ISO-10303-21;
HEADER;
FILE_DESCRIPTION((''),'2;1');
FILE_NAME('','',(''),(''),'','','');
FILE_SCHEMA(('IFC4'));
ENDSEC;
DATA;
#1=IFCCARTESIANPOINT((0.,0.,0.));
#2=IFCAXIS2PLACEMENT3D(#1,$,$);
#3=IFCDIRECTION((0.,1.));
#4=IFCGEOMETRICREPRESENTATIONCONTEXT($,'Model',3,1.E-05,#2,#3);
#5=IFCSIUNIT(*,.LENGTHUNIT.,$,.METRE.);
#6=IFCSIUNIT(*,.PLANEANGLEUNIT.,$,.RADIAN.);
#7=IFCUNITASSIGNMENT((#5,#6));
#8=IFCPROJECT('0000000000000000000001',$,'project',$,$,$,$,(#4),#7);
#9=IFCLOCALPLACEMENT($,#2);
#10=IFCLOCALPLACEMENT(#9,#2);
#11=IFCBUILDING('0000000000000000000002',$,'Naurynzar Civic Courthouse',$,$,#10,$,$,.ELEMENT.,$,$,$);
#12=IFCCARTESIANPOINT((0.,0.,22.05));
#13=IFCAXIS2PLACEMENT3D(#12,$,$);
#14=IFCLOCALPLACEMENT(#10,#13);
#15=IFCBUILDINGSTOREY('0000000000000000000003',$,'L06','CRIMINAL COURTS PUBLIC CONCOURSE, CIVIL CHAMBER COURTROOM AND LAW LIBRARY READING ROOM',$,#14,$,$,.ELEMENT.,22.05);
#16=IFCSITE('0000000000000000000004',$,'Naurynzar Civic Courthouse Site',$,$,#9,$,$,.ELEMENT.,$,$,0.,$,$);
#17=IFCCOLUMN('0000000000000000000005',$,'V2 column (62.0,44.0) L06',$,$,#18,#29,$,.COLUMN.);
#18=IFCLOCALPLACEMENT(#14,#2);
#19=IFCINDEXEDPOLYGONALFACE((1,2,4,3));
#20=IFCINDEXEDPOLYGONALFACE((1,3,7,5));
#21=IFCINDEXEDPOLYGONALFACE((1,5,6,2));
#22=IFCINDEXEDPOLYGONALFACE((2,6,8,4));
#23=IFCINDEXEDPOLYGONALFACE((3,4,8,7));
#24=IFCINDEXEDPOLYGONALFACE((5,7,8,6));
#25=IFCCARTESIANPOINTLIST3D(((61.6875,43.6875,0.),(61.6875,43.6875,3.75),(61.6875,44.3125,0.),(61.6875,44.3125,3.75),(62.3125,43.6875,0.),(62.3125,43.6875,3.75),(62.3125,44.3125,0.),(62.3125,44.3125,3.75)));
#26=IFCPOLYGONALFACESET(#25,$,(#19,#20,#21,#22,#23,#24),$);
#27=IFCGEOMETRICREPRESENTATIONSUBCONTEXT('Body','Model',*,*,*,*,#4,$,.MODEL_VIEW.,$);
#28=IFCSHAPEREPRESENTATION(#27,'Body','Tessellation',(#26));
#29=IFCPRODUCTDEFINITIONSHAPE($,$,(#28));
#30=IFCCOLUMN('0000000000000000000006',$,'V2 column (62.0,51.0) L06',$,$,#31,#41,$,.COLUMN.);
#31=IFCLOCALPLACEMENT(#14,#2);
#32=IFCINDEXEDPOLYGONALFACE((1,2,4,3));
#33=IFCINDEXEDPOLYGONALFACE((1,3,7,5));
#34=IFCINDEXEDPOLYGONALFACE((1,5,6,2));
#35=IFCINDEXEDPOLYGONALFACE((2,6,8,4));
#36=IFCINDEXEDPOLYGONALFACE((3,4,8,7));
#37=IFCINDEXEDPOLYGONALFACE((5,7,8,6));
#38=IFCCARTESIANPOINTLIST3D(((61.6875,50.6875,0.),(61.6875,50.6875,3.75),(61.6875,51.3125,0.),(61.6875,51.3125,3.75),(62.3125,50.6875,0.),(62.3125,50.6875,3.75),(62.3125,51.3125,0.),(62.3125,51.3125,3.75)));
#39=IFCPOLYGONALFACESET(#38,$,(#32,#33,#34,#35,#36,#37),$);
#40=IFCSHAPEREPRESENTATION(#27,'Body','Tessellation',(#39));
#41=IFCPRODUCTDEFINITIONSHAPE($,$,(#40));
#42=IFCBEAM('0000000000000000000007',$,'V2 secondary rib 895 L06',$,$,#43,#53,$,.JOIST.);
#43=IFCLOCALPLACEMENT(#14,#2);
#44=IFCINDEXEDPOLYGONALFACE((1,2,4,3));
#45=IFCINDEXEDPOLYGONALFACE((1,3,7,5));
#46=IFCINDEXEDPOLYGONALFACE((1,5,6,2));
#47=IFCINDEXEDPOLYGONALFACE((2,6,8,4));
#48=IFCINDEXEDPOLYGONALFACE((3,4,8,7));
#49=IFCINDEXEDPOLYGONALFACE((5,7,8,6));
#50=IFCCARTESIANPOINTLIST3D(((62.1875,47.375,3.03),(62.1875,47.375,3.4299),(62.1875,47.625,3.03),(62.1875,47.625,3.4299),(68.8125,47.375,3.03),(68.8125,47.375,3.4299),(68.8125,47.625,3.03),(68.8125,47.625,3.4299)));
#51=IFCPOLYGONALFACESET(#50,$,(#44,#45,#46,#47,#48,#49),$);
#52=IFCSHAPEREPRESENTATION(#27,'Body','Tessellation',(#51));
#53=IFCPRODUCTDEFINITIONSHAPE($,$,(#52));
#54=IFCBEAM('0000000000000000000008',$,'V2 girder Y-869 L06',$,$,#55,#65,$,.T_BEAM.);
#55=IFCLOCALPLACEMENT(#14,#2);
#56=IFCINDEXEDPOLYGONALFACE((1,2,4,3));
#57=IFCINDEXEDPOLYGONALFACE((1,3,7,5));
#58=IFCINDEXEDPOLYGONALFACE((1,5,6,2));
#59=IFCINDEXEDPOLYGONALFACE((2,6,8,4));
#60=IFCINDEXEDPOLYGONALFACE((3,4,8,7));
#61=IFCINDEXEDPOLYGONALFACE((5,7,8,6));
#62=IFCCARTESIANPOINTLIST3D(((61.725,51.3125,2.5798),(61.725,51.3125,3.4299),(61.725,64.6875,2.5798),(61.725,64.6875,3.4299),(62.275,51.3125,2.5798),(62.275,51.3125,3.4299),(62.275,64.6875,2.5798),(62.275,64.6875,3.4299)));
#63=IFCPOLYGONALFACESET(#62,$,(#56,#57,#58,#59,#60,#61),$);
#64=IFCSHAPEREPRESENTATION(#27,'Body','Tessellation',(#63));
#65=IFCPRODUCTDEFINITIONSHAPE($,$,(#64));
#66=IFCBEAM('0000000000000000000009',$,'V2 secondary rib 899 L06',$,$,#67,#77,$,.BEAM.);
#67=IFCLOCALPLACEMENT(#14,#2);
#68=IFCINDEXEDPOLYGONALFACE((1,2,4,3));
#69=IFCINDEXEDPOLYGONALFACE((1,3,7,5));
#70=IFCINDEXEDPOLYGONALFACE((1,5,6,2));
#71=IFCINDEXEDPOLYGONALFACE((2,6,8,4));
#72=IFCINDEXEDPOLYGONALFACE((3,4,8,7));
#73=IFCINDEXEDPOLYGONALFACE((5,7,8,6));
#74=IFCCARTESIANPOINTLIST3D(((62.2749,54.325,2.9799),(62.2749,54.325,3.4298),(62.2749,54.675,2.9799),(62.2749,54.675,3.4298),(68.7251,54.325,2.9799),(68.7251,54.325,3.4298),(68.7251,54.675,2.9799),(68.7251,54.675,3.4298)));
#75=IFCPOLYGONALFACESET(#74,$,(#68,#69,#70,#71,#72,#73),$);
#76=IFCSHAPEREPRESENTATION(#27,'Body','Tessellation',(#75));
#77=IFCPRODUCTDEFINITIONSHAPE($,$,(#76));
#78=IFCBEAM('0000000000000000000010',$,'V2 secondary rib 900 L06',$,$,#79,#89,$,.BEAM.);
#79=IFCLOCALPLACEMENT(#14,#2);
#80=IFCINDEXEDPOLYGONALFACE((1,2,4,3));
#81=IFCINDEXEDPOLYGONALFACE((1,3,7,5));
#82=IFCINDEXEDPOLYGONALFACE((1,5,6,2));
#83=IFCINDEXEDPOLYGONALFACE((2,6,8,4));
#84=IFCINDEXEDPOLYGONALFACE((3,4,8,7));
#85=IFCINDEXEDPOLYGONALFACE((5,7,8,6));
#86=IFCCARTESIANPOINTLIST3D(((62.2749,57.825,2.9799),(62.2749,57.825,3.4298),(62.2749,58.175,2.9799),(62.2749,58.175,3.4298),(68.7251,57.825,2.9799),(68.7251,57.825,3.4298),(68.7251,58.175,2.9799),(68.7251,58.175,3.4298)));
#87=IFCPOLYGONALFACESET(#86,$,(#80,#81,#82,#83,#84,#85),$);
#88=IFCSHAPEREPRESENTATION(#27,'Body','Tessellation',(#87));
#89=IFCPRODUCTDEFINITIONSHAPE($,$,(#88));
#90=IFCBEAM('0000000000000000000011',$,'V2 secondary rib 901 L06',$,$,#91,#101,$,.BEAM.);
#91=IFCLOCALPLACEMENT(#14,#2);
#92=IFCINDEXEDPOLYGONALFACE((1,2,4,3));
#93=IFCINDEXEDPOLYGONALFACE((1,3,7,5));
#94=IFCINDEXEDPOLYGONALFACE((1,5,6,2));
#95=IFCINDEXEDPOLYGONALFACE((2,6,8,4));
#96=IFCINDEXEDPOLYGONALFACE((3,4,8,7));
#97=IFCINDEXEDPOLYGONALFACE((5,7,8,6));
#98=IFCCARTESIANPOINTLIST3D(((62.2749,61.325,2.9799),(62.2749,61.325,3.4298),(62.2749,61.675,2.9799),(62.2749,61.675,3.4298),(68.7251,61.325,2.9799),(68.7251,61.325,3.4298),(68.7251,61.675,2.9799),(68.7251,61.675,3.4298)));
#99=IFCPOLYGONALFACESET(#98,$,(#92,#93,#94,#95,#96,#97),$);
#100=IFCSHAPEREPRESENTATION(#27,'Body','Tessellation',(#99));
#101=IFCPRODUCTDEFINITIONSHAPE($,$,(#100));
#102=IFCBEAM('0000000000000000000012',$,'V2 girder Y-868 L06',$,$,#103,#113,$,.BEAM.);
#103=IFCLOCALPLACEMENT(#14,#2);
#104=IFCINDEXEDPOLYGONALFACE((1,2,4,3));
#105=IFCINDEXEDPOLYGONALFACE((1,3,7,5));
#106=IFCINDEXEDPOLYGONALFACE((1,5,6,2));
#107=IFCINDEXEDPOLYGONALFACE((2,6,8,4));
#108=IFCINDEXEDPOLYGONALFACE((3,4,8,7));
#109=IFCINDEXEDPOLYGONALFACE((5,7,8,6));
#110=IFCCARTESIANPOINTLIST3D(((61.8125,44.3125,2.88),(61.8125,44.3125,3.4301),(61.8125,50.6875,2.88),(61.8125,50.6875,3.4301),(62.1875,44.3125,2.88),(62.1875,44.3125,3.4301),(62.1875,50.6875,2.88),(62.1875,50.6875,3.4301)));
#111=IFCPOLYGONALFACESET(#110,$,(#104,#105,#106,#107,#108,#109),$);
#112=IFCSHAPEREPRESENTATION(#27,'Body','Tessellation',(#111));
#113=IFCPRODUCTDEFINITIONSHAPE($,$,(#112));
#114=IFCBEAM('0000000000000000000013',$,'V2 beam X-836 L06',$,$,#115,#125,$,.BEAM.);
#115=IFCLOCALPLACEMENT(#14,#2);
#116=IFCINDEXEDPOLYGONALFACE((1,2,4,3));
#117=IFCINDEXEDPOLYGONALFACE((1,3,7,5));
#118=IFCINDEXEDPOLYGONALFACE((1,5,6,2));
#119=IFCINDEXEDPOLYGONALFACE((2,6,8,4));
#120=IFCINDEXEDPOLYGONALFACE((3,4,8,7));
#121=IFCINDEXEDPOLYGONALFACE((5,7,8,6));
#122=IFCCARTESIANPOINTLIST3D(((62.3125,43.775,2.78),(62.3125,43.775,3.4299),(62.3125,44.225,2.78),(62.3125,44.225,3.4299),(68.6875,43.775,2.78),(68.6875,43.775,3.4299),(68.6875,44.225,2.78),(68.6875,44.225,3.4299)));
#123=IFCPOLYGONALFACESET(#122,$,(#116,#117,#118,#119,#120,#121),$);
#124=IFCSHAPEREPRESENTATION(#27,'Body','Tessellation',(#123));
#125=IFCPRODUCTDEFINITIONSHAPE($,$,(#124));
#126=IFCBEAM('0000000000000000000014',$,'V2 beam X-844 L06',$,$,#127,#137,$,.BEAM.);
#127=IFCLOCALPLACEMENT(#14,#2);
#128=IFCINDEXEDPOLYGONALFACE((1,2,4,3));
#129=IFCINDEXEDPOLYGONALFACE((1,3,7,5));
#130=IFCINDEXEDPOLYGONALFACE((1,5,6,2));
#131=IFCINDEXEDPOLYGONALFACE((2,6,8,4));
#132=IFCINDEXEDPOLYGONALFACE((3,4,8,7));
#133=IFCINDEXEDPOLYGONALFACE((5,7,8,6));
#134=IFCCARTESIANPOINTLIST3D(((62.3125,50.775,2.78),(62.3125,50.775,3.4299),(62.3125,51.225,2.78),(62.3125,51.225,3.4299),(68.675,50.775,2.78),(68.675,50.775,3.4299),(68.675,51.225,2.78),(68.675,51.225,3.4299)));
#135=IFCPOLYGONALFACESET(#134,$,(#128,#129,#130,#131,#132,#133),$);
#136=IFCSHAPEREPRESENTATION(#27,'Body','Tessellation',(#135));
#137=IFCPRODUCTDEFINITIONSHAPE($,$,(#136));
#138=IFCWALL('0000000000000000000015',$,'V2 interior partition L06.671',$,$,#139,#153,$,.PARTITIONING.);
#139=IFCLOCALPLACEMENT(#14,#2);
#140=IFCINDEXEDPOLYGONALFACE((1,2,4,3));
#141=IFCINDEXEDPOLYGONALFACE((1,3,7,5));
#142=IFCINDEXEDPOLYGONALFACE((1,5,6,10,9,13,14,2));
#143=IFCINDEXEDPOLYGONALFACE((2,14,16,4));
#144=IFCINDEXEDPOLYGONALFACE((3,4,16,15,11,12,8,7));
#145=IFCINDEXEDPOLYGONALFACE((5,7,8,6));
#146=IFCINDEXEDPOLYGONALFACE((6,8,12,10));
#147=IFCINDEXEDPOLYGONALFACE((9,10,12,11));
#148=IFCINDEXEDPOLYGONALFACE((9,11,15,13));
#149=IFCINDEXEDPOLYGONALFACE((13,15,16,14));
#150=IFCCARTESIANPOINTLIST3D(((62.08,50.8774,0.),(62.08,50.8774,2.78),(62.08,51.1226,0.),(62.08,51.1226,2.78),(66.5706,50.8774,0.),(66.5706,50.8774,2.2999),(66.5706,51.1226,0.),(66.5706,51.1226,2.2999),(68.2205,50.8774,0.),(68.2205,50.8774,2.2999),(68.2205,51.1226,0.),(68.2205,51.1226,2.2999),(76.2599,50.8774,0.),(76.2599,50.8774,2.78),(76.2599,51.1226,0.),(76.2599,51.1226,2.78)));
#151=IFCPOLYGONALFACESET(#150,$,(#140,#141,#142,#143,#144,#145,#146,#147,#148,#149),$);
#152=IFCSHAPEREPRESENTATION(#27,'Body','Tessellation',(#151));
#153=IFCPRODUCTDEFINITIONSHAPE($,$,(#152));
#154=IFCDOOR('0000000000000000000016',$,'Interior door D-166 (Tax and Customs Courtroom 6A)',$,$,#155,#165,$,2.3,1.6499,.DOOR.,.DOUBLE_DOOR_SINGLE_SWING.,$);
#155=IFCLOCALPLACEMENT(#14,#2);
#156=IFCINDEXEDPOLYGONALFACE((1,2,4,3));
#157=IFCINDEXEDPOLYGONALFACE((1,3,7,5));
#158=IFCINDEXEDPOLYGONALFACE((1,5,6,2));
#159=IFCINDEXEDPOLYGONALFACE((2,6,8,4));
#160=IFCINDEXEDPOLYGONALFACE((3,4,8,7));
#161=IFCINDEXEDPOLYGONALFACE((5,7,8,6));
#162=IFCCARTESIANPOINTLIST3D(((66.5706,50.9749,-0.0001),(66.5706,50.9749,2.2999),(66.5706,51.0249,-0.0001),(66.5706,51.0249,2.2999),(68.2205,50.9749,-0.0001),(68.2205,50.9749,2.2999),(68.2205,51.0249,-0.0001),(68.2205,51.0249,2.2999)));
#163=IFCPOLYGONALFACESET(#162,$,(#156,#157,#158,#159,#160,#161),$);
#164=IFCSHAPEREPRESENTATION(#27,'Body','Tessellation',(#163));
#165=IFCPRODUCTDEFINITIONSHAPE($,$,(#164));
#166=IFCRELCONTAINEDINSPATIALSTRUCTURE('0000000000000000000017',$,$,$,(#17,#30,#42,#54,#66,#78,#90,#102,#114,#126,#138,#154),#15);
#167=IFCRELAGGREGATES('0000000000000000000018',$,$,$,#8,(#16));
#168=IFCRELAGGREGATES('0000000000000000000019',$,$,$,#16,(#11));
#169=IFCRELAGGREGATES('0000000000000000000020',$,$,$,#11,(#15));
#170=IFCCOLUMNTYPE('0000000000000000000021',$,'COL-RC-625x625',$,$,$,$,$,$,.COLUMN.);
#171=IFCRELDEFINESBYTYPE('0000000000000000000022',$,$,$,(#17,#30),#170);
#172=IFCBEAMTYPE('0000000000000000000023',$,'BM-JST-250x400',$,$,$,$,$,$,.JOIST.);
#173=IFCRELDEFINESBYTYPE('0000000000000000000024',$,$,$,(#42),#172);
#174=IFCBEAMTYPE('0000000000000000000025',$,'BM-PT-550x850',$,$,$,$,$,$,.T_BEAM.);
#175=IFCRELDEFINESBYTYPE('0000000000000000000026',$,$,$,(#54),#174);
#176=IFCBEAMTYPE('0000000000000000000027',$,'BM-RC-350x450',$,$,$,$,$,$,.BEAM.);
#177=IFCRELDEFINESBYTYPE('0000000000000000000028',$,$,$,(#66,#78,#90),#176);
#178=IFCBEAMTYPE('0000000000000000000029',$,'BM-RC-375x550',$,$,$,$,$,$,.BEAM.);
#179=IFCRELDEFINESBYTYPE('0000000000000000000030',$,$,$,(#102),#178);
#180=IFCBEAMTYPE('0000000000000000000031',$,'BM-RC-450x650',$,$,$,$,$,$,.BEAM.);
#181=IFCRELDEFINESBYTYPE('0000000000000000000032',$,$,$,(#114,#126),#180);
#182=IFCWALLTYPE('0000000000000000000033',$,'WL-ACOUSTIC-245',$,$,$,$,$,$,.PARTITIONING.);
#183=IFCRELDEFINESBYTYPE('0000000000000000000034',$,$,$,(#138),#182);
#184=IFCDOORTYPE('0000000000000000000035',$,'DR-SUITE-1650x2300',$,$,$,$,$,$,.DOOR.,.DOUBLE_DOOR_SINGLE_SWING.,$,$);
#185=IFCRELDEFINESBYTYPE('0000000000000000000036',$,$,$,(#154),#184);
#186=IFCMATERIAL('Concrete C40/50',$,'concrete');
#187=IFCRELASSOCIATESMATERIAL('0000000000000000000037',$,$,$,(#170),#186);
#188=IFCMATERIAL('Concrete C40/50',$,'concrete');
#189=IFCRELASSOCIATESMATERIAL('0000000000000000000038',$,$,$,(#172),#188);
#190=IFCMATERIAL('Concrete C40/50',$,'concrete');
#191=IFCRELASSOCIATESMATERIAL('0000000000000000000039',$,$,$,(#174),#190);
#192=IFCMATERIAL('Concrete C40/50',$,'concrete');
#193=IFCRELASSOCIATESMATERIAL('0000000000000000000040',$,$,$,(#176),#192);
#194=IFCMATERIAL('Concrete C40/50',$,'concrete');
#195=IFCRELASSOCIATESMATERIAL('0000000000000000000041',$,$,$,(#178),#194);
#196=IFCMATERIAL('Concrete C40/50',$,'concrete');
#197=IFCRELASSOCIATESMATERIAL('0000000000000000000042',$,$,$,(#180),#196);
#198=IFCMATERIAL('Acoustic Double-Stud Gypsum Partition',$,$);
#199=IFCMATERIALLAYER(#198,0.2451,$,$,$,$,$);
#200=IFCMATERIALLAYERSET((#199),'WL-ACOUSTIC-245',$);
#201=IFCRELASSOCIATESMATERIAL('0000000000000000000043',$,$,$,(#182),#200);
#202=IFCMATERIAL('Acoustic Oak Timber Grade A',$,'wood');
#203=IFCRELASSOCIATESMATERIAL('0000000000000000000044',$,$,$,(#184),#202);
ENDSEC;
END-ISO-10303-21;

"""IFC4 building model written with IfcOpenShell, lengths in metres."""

from ifc_helpers import new_model, si_unit, direction, frame, frame_2d, origin, origin_2d, place, context, subcontext, project, spatial, rectangle, extrude, material, layer, layer_set, material_profile, profile_set, type_object, element, fill, save


model = new_model("IFC4")

# Units and contexts
model_context = context("Model", 3, precision=1e-05, world=origin(), true_north=direction((0.0, 1.0)))
body_context = subcontext(model_context, "Body", "Model", "MODEL_VIEW")
ifc_project = project(units=[si_unit("LENGTHUNIT", "METRE"), si_unit("PLANEANGLEUNIT", "RADIAN")], contexts=[model_context])

# Site, building, storey
site_placement = place(None, origin())
site = spatial("IfcSite", under=ifc_project, at=site_placement, Name="Naurynzar Civic Courthouse Site", CompositionType="ELEMENT", RefElevation=0.0)
building_placement = place(site_placement, origin())
building = spatial("IfcBuilding", under=site, at=building_placement, Name="Naurynzar Civic Courthouse", CompositionType="ELEMENT")
storey_placement = place(building_placement, frame((0.0, 0.0, 22.05)))
storey = spatial("IfcBuildingStorey", under=building, at=storey_placement, Name="L06", Description="CRIMINAL COURTS PUBLIC CONCOURSE, CIVIL CHAMBER COURTROOM AND LAW LIBRARY READING ROOM", CompositionType="ELEMENT", Elevation=22.05)

# Columns
ifc_material_1 = material(Name="Concrete C40/50", Category="concrete")
ifc_material_profile_1 = material_profile(ifc_material_1, rectangle(XDim=0.625, YDim=0.625, at=origin_2d()), Name="RC 625x625")
ifc_profile_set_1 = profile_set([ifc_material_profile_1], Name="Concrete C40/50")
column_type = type_object("IfcColumnType", Name="COL-RC-625x625", PredefinedType="COLUMN", material=ifc_profile_set_1)
for number, where, z_axis, x_axis, name in (
    (1, (62.0, 44.0, 0.0), (0.0, 0.0, 1.0), (1.0, 0.0, 0.0), "V2 column (62.0,44.0) L06"),
    (2, (62.0, 51.0, 0.0), (0.0, 0.0, 1.0), (1.0, 0.0, 0.0), "V2 column (62.0,51.0) L06"),
):
    element("IfcColumn", number, at=place(storey_placement, frame(where, z_axis=z_axis, x_axis=x_axis)), inside=storey, type_object=column_type, Name=name, PredefinedType="COLUMN", context=body_context, shape_type="SweptSolid", body=[
        extrude(rectangle(XDim=0.625, YDim=0.625, at=origin_2d()), origin(), (0.0, 0.0, 1.0), 3.75),
    ])

# Beams
ifc_material_2 = material(Name="Concrete C40/50", Category="concrete")
ifc_material_profile_2 = material_profile(ifc_material_2, rectangle(XDim=0.25, YDim=0.3999, at=origin_2d()), Name="RCB 250x400")
ifc_profile_set_2 = profile_set([ifc_material_profile_2], Name="Concrete C40/50")
beam_type_1 = type_object("IfcBeamType", Name="BM-JST-250x400", PredefinedType="JOIST", material=ifc_profile_set_2)
beam_1_placement = place(storey_placement, frame((62.1875, 47.5, 3.23), z_axis=(1.0, 0.0, 0.0), x_axis=(0.0, 1.0, 0.0)))
element("IfcBeam", 3, at=beam_1_placement, inside=storey, type_object=beam_type_1, Name="V2 secondary rib 895 L06", PredefinedType="JOIST", context=body_context, shape_type="SweptSolid", body=[
    extrude(rectangle(XDim=0.25, YDim=0.3999, at=origin_2d()), origin(), (0.0, 0.0, 1.0), 6.625),
])
ifc_material_3 = material(Name="Concrete C40/50", Category="concrete")
ifc_material_profile_3 = material_profile(ifc_material_3, rectangle(XDim=0.55, YDim=0.8501, at=origin_2d()), Name="PTB 550x850")
ifc_profile_set_3 = profile_set([ifc_material_profile_3], Name="Concrete C40/50")
beam_type_2 = type_object("IfcBeamType", Name="BM-PT-550x850", PredefinedType="T_BEAM", material=ifc_profile_set_3)
beam_2_placement = place(storey_placement, frame((62.0, 51.3125, 3.0049), z_axis=(0.0, 1.0, 0.0), x_axis=(-1.0, 0.0, 0.0)))
element("IfcBeam", 4, at=beam_2_placement, inside=storey, type_object=beam_type_2, Name="V2 girder Y-869 L06", PredefinedType="T_BEAM", context=body_context, shape_type="SweptSolid", body=[
    extrude(rectangle(XDim=0.55, YDim=0.8501, at=origin_2d()), origin(), (0.0, 0.0, 1.0), 13.375),
])
ifc_material_4 = material(Name="Concrete C40/50", Category="concrete")
ifc_material_profile_4 = material_profile(ifc_material_4, rectangle(XDim=0.3501, YDim=0.45, at=origin_2d()), Name="RCB 350x450")
ifc_profile_set_4 = profile_set([ifc_material_profile_4], Name="Concrete C40/50")
beam_type_3 = type_object("IfcBeamType", Name="BM-RC-350x450", PredefinedType="BEAM", material=ifc_profile_set_4)
for number, where, z_axis, x_axis, name in (
    (5, (62.2749, 54.5, 3.2048), (1.0, 0.0, 0.0), (0.0, 1.0, 0.0), "V2 secondary rib 899 L06"),
    (6, (62.2749, 58.0, 3.2048), (1.0, 0.0, 0.0), (0.0, 1.0, 0.0), "V2 secondary rib 900 L06"),
    (7, (62.2749, 61.5, 3.2048), (1.0, 0.0, 0.0), (0.0, 1.0, 0.0), "V2 secondary rib 901 L06"),
):
    element("IfcBeam", number, at=place(storey_placement, frame(where, z_axis=z_axis, x_axis=x_axis)), inside=storey, type_object=beam_type_3, Name=name, PredefinedType="BEAM", context=body_context, shape_type="SweptSolid", body=[
        extrude(rectangle(XDim=0.3501, YDim=0.45, at=origin_2d()), origin(), (0.0, 0.0, 1.0), 6.4502),
    ])
ifc_material_5 = material(Name="Concrete C40/50", Category="concrete")
ifc_material_profile_5 = material_profile(ifc_material_5, rectangle(XDim=0.375, YDim=0.55, at=origin_2d()), Name="RCB 375x550")
ifc_profile_set_5 = profile_set([ifc_material_profile_5], Name="Concrete C40/50")
beam_type_4 = type_object("IfcBeamType", Name="BM-RC-375x550", PredefinedType="BEAM", material=ifc_profile_set_5)
beam_3_placement = place(storey_placement, frame((62.0, 44.3125, 3.155), z_axis=(0.0, 1.0, 0.0), x_axis=(-1.0, 0.0, 0.0)))
element("IfcBeam", 8, at=beam_3_placement, inside=storey, type_object=beam_type_4, Name="V2 girder Y-868 L06", PredefinedType="BEAM", context=body_context, shape_type="SweptSolid", body=[
    extrude(rectangle(XDim=0.375, YDim=0.55, at=origin_2d()), origin(), (0.0, 0.0, 1.0), 6.375),
])
ifc_material_6 = material(Name="Concrete C40/50", Category="concrete")
ifc_material_profile_6 = material_profile(ifc_material_6, rectangle(XDim=0.45, YDim=0.6499, at=origin_2d()), Name="RCB 450x650")
ifc_profile_set_6 = profile_set([ifc_material_profile_6], Name="Concrete C40/50")
beam_type_5 = type_object("IfcBeamType", Name="BM-RC-450x650", PredefinedType="BEAM", material=ifc_profile_set_6)
beam_4_placement = place(storey_placement, frame((62.3125, 44.0, 3.105), z_axis=(1.0, 0.0, 0.0), x_axis=(0.0, 1.0, 0.0)))
element("IfcBeam", 9, at=beam_4_placement, inside=storey, type_object=beam_type_5, Name="V2 beam X-836 L06", PredefinedType="BEAM", context=body_context, shape_type="SweptSolid", body=[
    extrude(rectangle(XDim=0.45, YDim=0.6499, at=origin_2d()), origin(), (0.0, 0.0, 1.0), 6.375),
])
beam_5_placement = place(storey_placement, frame((62.3125, 51.0, 3.105), z_axis=(1.0, 0.0, 0.0), x_axis=(0.0, 1.0, 0.0)))
element("IfcBeam", 10, at=beam_5_placement, inside=storey, type_object=beam_type_5, Name="V2 beam X-844 L06", PredefinedType="BEAM", context=body_context, shape_type="SweptSolid", body=[
    extrude(rectangle(XDim=0.45, YDim=0.6499, at=origin_2d()), origin(), (0.0, 0.0, 1.0), 6.3625),
])

# Wall, opening, door
ifc_material_7 = material(Name="Acoustic Double-Stud Gypsum Partition")
ifc_layer_1 = layer(ifc_material_7, 0.2451)
ifc_layer_set_1 = layer_set([ifc_layer_1], Name="WL-ACOUSTIC-245")
wall_type_1 = type_object("IfcWallType", Name="WL-ACOUSTIC-245", PredefinedType="PARTITIONING", material=ifc_layer_set_1)
wall_1_placement = place(storey_placement, frame((62.0801, 51.0, 0.0), z_axis=(0.0, 0.0, 1.0), x_axis=(1.0, 0.0, 0.0)))
wall_1 = element("IfcWall", 11, at=wall_1_placement, inside=storey, type_object=wall_type_1, Name="V2 interior partition L06.671", PredefinedType="PARTITIONING", context=body_context, shape_type="SweptSolid", body=[
    extrude(rectangle(XDim=14.1799, YDim=0.2451, at=frame_2d((7.0898, 0.0))), origin(), (0.0, 0.0, 1.0), 2.78),
])
opening_1_placement = place(wall_1_placement, frame((4.4905, 0.0, 0.0)))
opening_1 = element("IfcOpeningElement", 12, at=opening_1_placement, cuts=wall_1, PredefinedType="OPENING", context=body_context, shape_type="SweptSolid", body=[
    extrude(rectangle(XDim=1.6499, YDim=2.3, at=frame_2d((0.825, 1.1499))), frame((0.0, 0.1326, 0.0), z_axis=(0.0, -1.0, 0.0), x_axis=(1.0, 0.0, 0.0)), (0.0, 0.0, 1.0), 0.2651),
])
ifc_material_8 = material(Name="Acoustic Oak Timber Grade A", Category="wood")
door_type_1 = type_object("IfcDoorType", Name="DR-SUITE-1650x2300", OperationType="DOUBLE_DOOR_SINGLE_SWING", PredefinedType="DOOR", material=ifc_material_8)
door_1_placement = place(opening_1_placement, origin())
door_1 = element("IfcDoor", 13, at=door_1_placement, inside=storey, type_object=door_type_1, Name="Interior door D-166 (Tax and Customs Courtroom 6A)", OperationType="DOUBLE_DOOR_SINGLE_SWING", OverallHeight=2.3, OverallWidth=1.6499, PredefinedType="DOOR", context=body_context, shape_type="SweptSolid", body=[
    extrude(rectangle(XDim=1.6499, YDim=2.3, at=frame_2d((0.825, 1.1499))), frame((0.0, 0.0249, 0.0), z_axis=(0.0, -1.0, 0.0), x_axis=(1.0, 0.0, 0.0)), (0.0, 0.0, 1.0), 0.05),
])
fill(opening_1, door_1)

save(model, "model.ifc")
